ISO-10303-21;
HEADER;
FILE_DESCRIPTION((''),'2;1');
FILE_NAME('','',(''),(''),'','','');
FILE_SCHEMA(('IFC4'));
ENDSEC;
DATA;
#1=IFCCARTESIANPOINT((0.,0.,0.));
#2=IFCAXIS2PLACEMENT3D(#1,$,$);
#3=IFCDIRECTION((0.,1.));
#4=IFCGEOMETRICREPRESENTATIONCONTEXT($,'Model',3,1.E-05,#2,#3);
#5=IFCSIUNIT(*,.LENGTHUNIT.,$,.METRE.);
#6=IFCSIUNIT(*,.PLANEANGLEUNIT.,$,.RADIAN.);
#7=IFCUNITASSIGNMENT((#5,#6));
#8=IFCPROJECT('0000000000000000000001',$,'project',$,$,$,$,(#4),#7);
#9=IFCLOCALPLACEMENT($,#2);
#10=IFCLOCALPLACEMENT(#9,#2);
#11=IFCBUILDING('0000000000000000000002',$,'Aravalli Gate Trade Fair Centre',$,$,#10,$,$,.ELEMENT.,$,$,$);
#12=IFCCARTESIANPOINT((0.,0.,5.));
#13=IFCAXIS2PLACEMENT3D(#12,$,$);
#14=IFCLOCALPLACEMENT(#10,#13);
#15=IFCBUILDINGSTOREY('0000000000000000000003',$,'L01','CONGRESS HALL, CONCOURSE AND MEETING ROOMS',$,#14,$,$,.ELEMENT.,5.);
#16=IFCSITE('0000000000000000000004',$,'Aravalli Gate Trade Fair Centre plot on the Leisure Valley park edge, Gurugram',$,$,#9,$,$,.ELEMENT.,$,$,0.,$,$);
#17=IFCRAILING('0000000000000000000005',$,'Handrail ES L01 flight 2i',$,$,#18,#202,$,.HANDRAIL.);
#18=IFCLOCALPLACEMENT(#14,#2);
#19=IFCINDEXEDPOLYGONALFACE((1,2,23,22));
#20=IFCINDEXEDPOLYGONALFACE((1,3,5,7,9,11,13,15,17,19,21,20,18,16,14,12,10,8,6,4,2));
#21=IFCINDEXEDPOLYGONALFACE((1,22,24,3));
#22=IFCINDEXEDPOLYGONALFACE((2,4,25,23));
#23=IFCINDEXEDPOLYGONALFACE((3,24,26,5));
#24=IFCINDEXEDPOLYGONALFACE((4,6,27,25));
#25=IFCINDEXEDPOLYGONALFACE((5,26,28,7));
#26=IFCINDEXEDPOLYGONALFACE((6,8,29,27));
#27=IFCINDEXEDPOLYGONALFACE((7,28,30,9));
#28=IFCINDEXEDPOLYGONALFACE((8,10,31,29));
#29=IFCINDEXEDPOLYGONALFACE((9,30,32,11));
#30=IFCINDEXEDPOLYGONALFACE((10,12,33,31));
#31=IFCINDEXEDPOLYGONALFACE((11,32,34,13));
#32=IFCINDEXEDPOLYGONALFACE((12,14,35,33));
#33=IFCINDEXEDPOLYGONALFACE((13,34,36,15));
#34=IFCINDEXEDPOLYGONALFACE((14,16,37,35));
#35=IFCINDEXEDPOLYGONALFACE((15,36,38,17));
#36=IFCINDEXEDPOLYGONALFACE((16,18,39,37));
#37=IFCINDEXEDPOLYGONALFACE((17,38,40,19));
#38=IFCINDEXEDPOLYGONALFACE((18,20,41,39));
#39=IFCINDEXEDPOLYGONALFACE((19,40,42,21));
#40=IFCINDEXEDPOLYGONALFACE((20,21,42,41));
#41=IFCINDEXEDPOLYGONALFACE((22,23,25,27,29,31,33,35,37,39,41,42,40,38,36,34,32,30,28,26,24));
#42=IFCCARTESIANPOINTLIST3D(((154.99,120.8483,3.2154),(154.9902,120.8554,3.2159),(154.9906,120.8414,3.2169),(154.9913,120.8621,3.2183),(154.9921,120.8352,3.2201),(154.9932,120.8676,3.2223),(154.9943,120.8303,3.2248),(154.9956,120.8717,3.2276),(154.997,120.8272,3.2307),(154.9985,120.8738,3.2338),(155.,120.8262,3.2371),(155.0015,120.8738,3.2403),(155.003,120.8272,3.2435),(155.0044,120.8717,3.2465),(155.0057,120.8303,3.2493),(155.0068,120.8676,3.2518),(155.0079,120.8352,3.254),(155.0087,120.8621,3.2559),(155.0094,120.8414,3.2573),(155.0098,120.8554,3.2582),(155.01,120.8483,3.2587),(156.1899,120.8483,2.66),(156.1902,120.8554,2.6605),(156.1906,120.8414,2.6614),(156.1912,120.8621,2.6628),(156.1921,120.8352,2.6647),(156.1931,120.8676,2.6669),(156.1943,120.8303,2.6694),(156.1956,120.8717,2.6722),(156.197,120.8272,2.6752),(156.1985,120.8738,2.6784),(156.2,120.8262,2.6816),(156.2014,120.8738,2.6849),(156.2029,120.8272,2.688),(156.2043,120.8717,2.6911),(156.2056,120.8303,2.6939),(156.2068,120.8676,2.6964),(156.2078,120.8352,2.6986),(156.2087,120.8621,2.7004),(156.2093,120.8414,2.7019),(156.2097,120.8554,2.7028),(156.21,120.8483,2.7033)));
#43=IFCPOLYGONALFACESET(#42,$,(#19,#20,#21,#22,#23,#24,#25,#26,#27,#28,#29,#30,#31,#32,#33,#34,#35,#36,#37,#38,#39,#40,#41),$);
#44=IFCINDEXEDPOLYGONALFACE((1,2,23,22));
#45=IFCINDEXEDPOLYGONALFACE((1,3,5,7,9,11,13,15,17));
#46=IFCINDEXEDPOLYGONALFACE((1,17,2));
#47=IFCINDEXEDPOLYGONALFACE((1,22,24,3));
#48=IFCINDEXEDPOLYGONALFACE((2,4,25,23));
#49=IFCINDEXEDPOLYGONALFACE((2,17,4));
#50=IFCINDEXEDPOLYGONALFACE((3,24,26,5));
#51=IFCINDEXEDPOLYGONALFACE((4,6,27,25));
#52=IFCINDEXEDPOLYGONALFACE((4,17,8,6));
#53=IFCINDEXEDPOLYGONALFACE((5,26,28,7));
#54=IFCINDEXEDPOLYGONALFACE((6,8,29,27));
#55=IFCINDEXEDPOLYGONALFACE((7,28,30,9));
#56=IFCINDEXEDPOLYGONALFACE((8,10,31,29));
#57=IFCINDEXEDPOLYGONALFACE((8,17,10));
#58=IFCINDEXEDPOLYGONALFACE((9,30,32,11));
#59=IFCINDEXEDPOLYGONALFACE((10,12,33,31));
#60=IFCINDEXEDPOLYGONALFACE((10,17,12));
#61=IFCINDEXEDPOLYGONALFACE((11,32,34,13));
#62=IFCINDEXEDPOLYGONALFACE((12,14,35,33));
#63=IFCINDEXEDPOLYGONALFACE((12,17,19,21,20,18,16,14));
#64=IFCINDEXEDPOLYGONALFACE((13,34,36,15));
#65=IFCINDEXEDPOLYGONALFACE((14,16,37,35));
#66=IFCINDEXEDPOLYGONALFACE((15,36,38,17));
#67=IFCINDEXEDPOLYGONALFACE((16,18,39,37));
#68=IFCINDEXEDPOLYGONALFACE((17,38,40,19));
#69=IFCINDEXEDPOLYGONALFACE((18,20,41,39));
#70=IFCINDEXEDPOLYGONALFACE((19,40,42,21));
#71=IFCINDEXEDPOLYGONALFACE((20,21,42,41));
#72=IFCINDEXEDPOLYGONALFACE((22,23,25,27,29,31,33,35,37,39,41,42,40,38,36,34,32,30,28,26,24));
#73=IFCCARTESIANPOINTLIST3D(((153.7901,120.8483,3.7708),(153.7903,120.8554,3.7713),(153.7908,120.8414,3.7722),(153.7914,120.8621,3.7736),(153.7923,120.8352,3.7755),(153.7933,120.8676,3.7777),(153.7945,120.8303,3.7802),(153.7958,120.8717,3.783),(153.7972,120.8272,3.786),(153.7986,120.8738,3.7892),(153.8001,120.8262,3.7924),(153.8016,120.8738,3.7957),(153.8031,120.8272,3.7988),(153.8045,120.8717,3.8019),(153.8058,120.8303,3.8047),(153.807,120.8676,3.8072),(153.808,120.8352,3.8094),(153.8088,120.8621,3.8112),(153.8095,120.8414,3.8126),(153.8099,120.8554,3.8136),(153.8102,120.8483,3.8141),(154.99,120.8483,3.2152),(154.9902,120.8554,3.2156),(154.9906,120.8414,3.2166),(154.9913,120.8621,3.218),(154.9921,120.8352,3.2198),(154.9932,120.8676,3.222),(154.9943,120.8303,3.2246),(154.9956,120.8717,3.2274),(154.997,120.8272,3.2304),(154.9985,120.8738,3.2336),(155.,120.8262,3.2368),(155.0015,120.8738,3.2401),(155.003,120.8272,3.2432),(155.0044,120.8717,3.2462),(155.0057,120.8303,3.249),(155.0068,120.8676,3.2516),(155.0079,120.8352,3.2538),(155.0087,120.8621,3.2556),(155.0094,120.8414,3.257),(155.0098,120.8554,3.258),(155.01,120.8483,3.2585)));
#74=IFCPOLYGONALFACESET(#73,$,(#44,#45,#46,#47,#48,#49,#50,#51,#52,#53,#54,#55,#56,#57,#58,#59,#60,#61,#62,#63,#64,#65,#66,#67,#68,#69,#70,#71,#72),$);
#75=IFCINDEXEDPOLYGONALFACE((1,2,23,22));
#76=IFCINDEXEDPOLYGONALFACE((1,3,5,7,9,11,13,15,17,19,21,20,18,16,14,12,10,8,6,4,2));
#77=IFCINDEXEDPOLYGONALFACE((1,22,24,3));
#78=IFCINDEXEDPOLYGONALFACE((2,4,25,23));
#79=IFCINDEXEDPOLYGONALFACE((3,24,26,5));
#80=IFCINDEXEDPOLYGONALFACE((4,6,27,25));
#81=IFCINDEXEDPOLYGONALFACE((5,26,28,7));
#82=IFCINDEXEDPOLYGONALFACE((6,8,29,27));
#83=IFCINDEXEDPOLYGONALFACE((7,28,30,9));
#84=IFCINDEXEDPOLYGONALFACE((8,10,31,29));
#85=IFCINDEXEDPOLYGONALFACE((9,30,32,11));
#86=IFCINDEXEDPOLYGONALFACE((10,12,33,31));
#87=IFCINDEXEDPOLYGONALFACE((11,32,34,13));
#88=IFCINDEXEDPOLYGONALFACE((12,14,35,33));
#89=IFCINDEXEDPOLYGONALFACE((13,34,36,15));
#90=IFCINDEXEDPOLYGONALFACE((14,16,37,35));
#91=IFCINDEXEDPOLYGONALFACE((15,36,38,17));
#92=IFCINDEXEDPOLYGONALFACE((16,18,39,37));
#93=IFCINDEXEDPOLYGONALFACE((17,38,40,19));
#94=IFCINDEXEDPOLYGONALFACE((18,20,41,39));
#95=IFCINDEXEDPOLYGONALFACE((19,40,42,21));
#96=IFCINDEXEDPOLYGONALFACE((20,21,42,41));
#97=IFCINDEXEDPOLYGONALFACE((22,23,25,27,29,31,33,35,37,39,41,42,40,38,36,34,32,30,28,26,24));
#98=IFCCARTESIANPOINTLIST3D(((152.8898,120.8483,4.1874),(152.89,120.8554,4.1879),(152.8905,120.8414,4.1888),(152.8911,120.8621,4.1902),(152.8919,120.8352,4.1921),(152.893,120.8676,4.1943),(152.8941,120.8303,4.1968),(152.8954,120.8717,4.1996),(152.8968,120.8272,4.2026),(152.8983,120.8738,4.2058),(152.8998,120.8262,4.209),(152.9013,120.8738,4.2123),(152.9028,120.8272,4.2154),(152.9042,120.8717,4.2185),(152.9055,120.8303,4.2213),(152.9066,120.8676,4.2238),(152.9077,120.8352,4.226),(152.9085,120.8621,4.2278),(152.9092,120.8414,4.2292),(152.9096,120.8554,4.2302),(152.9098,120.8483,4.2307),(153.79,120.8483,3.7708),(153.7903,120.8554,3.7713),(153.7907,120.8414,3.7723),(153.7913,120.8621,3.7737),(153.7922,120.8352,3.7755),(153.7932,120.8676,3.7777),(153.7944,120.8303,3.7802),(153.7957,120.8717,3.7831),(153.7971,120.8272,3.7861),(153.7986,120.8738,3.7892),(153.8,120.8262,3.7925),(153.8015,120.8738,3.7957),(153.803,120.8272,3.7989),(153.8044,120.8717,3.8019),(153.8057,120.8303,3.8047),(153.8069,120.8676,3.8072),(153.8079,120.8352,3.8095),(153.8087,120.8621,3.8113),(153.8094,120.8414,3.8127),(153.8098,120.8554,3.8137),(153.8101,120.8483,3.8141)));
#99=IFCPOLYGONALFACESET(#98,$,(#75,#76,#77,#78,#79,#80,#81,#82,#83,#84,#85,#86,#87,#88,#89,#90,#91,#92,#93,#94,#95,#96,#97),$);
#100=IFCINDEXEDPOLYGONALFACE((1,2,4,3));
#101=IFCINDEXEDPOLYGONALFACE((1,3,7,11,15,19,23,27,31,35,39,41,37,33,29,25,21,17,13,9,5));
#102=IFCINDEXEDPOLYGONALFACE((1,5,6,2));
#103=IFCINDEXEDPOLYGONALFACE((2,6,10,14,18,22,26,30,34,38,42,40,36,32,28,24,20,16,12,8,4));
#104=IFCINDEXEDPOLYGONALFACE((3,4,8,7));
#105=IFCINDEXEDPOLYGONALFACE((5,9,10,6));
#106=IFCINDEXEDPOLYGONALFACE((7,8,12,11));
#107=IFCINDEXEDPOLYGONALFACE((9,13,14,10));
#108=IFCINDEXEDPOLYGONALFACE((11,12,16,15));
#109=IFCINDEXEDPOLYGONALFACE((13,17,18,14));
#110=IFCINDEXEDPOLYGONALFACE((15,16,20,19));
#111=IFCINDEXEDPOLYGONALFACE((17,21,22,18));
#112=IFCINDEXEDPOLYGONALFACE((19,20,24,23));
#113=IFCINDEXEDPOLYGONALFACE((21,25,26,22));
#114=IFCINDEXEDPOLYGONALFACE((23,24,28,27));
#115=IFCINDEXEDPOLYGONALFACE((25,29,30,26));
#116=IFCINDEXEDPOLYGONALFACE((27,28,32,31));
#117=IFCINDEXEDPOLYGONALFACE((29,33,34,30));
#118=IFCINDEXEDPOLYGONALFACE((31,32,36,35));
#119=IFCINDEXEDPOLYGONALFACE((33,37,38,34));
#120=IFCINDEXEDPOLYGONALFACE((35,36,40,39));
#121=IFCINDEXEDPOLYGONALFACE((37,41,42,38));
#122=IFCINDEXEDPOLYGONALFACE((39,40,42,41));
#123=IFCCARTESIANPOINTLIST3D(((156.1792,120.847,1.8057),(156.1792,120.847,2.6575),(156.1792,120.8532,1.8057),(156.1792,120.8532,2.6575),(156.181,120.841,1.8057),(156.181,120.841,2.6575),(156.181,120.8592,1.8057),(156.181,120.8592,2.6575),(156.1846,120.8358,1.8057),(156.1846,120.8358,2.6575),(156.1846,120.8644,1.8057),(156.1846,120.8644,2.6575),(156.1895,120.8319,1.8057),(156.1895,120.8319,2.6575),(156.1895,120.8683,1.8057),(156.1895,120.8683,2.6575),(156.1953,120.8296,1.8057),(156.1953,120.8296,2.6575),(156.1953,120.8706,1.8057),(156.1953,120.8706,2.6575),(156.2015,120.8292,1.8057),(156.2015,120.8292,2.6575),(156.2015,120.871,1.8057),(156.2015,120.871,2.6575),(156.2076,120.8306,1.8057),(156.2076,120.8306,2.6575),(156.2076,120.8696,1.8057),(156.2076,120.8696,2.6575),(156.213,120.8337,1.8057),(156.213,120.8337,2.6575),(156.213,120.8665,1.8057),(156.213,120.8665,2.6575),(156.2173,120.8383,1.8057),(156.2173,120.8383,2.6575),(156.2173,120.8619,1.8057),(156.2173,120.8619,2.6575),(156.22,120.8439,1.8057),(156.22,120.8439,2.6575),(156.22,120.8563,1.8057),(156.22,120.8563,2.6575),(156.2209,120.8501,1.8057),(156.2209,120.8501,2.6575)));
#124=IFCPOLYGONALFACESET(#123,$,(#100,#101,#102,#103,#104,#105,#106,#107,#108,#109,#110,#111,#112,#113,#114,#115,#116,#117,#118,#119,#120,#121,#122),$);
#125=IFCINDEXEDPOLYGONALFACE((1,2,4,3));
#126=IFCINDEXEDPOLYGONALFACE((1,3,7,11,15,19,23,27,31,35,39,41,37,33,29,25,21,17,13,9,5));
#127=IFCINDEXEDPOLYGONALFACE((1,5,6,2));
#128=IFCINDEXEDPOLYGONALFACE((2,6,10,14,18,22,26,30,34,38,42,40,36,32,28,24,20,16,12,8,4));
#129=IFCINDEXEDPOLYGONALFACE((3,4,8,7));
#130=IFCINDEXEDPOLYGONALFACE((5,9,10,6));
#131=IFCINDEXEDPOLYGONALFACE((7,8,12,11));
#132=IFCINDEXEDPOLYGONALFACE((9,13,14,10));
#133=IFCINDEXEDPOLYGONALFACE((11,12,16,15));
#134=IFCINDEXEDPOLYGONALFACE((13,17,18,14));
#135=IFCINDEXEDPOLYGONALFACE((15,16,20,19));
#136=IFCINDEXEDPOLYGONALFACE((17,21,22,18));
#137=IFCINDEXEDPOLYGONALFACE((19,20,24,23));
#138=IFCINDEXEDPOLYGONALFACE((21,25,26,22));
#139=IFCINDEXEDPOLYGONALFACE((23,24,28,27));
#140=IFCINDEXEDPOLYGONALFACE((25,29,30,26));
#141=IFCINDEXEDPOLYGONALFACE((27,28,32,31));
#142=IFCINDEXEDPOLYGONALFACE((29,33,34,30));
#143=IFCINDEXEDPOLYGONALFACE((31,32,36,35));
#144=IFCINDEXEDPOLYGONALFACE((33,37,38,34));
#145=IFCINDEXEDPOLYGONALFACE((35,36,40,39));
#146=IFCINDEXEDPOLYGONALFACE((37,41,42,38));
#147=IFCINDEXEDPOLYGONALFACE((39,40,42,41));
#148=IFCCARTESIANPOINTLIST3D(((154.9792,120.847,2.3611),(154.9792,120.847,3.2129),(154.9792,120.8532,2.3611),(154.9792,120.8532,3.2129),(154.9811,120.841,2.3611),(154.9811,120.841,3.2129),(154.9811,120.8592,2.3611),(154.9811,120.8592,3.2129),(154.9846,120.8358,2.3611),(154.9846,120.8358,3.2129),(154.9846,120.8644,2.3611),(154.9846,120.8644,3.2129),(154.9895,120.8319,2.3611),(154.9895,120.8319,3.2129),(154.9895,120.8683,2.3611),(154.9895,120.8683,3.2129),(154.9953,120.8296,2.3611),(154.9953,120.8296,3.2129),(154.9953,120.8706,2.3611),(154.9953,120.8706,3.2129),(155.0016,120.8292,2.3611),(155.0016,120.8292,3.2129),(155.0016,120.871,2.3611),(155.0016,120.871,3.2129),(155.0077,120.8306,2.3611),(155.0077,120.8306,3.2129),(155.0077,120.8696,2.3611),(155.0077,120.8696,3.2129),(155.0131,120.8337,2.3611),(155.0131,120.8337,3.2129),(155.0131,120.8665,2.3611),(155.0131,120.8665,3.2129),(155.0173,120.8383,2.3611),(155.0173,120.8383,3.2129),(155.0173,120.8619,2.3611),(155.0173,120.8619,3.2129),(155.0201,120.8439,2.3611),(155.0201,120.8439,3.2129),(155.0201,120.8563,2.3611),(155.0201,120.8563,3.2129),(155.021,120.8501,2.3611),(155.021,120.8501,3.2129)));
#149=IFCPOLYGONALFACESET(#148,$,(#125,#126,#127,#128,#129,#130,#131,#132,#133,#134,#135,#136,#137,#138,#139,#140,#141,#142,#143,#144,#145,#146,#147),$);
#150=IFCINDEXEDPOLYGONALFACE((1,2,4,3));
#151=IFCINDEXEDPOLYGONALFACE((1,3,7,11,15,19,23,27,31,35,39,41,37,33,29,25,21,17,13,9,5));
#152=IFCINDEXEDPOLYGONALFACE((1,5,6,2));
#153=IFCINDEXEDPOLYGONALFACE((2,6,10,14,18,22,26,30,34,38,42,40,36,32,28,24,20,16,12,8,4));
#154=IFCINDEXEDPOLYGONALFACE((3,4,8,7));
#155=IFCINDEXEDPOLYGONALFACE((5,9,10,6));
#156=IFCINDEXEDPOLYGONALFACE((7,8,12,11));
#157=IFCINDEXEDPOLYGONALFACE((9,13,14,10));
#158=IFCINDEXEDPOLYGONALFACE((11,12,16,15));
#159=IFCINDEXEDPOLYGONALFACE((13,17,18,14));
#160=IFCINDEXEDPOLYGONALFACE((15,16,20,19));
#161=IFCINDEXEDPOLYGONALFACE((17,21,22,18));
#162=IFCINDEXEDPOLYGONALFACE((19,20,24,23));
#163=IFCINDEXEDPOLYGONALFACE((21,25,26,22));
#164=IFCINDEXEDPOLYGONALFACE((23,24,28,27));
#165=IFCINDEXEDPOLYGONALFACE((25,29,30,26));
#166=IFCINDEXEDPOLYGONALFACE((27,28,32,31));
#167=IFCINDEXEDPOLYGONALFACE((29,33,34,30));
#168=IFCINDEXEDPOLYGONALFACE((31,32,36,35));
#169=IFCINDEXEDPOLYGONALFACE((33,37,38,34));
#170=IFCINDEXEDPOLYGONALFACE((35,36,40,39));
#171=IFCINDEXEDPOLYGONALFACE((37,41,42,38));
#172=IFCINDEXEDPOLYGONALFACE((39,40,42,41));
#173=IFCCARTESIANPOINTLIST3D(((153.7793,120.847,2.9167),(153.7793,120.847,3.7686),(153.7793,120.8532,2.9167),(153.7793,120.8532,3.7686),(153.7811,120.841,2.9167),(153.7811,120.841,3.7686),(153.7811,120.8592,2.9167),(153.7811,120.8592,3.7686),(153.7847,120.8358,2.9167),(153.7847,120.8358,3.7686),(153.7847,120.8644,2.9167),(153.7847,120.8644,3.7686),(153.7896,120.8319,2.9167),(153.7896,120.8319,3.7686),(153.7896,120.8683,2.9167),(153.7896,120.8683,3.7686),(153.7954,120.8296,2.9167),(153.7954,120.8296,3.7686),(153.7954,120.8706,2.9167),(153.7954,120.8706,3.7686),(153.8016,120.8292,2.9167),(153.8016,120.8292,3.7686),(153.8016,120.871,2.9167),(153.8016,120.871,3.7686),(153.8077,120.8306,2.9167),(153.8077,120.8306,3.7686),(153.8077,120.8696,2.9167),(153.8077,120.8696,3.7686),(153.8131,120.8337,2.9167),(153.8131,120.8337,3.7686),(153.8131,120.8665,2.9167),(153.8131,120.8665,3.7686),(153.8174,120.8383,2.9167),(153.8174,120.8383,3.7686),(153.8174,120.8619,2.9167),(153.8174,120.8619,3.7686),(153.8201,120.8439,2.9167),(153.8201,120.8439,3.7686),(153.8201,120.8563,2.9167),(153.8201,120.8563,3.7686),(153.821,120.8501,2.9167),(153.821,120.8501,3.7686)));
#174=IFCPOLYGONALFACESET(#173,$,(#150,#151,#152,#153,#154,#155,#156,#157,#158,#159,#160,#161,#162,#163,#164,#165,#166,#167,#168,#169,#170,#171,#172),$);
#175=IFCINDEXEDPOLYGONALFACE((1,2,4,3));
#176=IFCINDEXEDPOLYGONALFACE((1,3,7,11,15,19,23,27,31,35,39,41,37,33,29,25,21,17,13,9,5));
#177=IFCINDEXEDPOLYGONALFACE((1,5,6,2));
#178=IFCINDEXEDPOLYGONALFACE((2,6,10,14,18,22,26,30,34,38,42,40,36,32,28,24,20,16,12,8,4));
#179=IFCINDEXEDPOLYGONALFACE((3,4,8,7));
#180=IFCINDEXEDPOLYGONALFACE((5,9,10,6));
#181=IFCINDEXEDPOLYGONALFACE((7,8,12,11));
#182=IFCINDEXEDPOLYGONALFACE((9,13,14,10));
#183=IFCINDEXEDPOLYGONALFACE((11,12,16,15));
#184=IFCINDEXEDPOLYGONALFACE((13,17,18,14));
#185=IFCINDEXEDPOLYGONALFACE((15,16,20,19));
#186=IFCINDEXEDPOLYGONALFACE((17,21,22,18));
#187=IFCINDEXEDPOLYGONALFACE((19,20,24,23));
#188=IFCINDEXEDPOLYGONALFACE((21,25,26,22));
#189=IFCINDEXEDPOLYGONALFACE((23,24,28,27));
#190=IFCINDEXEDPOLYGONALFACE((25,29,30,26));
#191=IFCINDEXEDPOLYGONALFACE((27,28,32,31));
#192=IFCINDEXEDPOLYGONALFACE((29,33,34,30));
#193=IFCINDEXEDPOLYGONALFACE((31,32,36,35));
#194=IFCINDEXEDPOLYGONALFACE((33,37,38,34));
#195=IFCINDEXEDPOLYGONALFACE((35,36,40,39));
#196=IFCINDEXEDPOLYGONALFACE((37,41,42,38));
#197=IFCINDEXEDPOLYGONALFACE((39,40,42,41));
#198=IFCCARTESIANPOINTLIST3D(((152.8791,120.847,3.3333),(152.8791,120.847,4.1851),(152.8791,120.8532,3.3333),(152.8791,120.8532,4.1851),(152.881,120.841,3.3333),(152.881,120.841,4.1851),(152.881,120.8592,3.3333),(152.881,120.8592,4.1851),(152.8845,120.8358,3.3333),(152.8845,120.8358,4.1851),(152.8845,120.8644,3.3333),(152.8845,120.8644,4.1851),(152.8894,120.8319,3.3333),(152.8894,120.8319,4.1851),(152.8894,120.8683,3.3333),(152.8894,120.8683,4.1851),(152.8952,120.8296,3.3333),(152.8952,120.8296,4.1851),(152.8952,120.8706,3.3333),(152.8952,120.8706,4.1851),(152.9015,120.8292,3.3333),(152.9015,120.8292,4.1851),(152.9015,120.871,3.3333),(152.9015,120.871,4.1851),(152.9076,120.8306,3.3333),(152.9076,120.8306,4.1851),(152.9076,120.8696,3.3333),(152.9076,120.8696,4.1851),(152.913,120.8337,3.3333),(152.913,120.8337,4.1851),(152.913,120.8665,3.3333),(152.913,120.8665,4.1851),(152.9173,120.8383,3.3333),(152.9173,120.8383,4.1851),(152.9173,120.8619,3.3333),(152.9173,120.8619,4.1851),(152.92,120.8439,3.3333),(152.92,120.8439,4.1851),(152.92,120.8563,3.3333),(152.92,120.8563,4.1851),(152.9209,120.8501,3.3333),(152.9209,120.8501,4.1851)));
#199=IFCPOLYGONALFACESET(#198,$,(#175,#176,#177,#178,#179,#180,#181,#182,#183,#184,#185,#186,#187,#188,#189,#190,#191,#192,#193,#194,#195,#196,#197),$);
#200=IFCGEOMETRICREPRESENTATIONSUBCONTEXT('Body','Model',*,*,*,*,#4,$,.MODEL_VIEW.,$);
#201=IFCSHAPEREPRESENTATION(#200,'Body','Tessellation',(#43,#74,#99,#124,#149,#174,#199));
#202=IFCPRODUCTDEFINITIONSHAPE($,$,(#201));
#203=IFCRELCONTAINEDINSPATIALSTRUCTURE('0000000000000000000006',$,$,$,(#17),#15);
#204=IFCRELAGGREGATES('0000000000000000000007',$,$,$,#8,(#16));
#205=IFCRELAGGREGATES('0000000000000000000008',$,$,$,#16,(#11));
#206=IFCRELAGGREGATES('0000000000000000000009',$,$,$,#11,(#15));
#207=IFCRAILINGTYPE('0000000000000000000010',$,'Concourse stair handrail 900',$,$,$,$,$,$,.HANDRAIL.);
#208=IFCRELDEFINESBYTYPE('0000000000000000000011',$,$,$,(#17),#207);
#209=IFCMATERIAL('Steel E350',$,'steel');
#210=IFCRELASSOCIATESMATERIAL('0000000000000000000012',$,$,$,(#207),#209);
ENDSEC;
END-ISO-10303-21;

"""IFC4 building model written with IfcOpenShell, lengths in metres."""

from ifc_helpers import new_model, si_unit, direction, frame, origin, origin_2d, place, context, subcontext, project, spatial, circle, extrude, material, type_object, element, save


model = new_model("IFC4")

# Units and contexts
model_context = context("Model", 3, precision=1e-05, world=origin(), true_north=direction((0.0, 1.0)))
body_context = subcontext(model_context, "Body", "Model", "MODEL_VIEW")
ifc_project = project(units=[si_unit("LENGTHUNIT", "METRE"), si_unit("PLANEANGLEUNIT", "RADIAN")], contexts=[model_context])

# Site, building, storey
site_placement = place(None, origin())
site = spatial("IfcSite", under=ifc_project, at=site_placement, Name="Aravalli Gate Trade Fair Centre plot on the Leisure Valley park edge, Gurugram", CompositionType="ELEMENT", RefElevation=0.0)
building_placement = place(site_placement, origin())
building = spatial("IfcBuilding", under=site, at=building_placement, Name="Aravalli Gate Trade Fair Centre", CompositionType="ELEMENT")
storey_placement = place(building_placement, frame((0.0, 0.0, 5.0)))
storey = spatial("IfcBuildingStorey", under=building, at=storey_placement, Name="L01", Description="CONGRESS HALL, CONCOURSE AND MEETING ROOMS", CompositionType="ELEMENT", Elevation=5.0)

# Shared definitions
ifc_material_1 = material(Name="Steel E350", Category="steel")

# Railing
railing_type = type_object("IfcRailingType", Name="Concourse stair handrail 900", PredefinedType="HANDRAIL", material=ifc_material_1)
for number, where, name in (
    (1, (156.2, 120.8501, 1.8057), "Handrail ES L01 flight 2i"),
):
    element("IfcRailing", number, at=place(storey_placement, frame(where)), inside=storey, type_object=railing_type, Name=name, PredefinedType="HANDRAIL", context=body_context, shape_type="SweptSolid", body=[
        extrude(circle(Radius=0.0239, at=origin_2d()), frame((0.0, 0.0, 0.876), z_axis=(-0.907499, 0.0, 0.420053), x_axis=(0.0, -1.0, 0.0)), (0.0, 0.0, 1.0), 1.3223),
        extrude(circle(Radius=0.0239, at=origin_2d()), frame((-1.2, 0.0, 1.4312), z_axis=(-0.907429, 0.0, 0.420205), x_axis=(0.0, -1.0, 0.0)), (0.0, 0.0, 1.0), 1.3223),
        extrude(circle(Radius=0.0239, at=origin_2d()), frame((-2.3999, 0.0, 1.9868), z_axis=(-0.907556, 0.0, 0.419932), x_axis=(0.0, -1.0, 0.0)), (0.0, 0.0, 1.0), 0.9919),
        extrude(circle(Radius=0.021, at=origin_2d()), origin(), (0.0, 0.0, 1.0), 0.8518),
        extrude(circle(Radius=0.021, at=origin_2d()), frame((-1.2, 0.0, 0.5554)), (0.0, 0.0, 1.0), 0.8518),
        extrude(circle(Radius=0.021, at=origin_2d()), frame((-2.3999, 0.0, 1.1111)), (0.0, 0.0, 1.0), 0.8518),
        extrude(circle(Radius=0.021, at=origin_2d()), frame((-3.3, 0.0, 1.5276)), (0.0, 0.0, 1.0), 0.8518),
    ])

save(model, "model.ifc")
